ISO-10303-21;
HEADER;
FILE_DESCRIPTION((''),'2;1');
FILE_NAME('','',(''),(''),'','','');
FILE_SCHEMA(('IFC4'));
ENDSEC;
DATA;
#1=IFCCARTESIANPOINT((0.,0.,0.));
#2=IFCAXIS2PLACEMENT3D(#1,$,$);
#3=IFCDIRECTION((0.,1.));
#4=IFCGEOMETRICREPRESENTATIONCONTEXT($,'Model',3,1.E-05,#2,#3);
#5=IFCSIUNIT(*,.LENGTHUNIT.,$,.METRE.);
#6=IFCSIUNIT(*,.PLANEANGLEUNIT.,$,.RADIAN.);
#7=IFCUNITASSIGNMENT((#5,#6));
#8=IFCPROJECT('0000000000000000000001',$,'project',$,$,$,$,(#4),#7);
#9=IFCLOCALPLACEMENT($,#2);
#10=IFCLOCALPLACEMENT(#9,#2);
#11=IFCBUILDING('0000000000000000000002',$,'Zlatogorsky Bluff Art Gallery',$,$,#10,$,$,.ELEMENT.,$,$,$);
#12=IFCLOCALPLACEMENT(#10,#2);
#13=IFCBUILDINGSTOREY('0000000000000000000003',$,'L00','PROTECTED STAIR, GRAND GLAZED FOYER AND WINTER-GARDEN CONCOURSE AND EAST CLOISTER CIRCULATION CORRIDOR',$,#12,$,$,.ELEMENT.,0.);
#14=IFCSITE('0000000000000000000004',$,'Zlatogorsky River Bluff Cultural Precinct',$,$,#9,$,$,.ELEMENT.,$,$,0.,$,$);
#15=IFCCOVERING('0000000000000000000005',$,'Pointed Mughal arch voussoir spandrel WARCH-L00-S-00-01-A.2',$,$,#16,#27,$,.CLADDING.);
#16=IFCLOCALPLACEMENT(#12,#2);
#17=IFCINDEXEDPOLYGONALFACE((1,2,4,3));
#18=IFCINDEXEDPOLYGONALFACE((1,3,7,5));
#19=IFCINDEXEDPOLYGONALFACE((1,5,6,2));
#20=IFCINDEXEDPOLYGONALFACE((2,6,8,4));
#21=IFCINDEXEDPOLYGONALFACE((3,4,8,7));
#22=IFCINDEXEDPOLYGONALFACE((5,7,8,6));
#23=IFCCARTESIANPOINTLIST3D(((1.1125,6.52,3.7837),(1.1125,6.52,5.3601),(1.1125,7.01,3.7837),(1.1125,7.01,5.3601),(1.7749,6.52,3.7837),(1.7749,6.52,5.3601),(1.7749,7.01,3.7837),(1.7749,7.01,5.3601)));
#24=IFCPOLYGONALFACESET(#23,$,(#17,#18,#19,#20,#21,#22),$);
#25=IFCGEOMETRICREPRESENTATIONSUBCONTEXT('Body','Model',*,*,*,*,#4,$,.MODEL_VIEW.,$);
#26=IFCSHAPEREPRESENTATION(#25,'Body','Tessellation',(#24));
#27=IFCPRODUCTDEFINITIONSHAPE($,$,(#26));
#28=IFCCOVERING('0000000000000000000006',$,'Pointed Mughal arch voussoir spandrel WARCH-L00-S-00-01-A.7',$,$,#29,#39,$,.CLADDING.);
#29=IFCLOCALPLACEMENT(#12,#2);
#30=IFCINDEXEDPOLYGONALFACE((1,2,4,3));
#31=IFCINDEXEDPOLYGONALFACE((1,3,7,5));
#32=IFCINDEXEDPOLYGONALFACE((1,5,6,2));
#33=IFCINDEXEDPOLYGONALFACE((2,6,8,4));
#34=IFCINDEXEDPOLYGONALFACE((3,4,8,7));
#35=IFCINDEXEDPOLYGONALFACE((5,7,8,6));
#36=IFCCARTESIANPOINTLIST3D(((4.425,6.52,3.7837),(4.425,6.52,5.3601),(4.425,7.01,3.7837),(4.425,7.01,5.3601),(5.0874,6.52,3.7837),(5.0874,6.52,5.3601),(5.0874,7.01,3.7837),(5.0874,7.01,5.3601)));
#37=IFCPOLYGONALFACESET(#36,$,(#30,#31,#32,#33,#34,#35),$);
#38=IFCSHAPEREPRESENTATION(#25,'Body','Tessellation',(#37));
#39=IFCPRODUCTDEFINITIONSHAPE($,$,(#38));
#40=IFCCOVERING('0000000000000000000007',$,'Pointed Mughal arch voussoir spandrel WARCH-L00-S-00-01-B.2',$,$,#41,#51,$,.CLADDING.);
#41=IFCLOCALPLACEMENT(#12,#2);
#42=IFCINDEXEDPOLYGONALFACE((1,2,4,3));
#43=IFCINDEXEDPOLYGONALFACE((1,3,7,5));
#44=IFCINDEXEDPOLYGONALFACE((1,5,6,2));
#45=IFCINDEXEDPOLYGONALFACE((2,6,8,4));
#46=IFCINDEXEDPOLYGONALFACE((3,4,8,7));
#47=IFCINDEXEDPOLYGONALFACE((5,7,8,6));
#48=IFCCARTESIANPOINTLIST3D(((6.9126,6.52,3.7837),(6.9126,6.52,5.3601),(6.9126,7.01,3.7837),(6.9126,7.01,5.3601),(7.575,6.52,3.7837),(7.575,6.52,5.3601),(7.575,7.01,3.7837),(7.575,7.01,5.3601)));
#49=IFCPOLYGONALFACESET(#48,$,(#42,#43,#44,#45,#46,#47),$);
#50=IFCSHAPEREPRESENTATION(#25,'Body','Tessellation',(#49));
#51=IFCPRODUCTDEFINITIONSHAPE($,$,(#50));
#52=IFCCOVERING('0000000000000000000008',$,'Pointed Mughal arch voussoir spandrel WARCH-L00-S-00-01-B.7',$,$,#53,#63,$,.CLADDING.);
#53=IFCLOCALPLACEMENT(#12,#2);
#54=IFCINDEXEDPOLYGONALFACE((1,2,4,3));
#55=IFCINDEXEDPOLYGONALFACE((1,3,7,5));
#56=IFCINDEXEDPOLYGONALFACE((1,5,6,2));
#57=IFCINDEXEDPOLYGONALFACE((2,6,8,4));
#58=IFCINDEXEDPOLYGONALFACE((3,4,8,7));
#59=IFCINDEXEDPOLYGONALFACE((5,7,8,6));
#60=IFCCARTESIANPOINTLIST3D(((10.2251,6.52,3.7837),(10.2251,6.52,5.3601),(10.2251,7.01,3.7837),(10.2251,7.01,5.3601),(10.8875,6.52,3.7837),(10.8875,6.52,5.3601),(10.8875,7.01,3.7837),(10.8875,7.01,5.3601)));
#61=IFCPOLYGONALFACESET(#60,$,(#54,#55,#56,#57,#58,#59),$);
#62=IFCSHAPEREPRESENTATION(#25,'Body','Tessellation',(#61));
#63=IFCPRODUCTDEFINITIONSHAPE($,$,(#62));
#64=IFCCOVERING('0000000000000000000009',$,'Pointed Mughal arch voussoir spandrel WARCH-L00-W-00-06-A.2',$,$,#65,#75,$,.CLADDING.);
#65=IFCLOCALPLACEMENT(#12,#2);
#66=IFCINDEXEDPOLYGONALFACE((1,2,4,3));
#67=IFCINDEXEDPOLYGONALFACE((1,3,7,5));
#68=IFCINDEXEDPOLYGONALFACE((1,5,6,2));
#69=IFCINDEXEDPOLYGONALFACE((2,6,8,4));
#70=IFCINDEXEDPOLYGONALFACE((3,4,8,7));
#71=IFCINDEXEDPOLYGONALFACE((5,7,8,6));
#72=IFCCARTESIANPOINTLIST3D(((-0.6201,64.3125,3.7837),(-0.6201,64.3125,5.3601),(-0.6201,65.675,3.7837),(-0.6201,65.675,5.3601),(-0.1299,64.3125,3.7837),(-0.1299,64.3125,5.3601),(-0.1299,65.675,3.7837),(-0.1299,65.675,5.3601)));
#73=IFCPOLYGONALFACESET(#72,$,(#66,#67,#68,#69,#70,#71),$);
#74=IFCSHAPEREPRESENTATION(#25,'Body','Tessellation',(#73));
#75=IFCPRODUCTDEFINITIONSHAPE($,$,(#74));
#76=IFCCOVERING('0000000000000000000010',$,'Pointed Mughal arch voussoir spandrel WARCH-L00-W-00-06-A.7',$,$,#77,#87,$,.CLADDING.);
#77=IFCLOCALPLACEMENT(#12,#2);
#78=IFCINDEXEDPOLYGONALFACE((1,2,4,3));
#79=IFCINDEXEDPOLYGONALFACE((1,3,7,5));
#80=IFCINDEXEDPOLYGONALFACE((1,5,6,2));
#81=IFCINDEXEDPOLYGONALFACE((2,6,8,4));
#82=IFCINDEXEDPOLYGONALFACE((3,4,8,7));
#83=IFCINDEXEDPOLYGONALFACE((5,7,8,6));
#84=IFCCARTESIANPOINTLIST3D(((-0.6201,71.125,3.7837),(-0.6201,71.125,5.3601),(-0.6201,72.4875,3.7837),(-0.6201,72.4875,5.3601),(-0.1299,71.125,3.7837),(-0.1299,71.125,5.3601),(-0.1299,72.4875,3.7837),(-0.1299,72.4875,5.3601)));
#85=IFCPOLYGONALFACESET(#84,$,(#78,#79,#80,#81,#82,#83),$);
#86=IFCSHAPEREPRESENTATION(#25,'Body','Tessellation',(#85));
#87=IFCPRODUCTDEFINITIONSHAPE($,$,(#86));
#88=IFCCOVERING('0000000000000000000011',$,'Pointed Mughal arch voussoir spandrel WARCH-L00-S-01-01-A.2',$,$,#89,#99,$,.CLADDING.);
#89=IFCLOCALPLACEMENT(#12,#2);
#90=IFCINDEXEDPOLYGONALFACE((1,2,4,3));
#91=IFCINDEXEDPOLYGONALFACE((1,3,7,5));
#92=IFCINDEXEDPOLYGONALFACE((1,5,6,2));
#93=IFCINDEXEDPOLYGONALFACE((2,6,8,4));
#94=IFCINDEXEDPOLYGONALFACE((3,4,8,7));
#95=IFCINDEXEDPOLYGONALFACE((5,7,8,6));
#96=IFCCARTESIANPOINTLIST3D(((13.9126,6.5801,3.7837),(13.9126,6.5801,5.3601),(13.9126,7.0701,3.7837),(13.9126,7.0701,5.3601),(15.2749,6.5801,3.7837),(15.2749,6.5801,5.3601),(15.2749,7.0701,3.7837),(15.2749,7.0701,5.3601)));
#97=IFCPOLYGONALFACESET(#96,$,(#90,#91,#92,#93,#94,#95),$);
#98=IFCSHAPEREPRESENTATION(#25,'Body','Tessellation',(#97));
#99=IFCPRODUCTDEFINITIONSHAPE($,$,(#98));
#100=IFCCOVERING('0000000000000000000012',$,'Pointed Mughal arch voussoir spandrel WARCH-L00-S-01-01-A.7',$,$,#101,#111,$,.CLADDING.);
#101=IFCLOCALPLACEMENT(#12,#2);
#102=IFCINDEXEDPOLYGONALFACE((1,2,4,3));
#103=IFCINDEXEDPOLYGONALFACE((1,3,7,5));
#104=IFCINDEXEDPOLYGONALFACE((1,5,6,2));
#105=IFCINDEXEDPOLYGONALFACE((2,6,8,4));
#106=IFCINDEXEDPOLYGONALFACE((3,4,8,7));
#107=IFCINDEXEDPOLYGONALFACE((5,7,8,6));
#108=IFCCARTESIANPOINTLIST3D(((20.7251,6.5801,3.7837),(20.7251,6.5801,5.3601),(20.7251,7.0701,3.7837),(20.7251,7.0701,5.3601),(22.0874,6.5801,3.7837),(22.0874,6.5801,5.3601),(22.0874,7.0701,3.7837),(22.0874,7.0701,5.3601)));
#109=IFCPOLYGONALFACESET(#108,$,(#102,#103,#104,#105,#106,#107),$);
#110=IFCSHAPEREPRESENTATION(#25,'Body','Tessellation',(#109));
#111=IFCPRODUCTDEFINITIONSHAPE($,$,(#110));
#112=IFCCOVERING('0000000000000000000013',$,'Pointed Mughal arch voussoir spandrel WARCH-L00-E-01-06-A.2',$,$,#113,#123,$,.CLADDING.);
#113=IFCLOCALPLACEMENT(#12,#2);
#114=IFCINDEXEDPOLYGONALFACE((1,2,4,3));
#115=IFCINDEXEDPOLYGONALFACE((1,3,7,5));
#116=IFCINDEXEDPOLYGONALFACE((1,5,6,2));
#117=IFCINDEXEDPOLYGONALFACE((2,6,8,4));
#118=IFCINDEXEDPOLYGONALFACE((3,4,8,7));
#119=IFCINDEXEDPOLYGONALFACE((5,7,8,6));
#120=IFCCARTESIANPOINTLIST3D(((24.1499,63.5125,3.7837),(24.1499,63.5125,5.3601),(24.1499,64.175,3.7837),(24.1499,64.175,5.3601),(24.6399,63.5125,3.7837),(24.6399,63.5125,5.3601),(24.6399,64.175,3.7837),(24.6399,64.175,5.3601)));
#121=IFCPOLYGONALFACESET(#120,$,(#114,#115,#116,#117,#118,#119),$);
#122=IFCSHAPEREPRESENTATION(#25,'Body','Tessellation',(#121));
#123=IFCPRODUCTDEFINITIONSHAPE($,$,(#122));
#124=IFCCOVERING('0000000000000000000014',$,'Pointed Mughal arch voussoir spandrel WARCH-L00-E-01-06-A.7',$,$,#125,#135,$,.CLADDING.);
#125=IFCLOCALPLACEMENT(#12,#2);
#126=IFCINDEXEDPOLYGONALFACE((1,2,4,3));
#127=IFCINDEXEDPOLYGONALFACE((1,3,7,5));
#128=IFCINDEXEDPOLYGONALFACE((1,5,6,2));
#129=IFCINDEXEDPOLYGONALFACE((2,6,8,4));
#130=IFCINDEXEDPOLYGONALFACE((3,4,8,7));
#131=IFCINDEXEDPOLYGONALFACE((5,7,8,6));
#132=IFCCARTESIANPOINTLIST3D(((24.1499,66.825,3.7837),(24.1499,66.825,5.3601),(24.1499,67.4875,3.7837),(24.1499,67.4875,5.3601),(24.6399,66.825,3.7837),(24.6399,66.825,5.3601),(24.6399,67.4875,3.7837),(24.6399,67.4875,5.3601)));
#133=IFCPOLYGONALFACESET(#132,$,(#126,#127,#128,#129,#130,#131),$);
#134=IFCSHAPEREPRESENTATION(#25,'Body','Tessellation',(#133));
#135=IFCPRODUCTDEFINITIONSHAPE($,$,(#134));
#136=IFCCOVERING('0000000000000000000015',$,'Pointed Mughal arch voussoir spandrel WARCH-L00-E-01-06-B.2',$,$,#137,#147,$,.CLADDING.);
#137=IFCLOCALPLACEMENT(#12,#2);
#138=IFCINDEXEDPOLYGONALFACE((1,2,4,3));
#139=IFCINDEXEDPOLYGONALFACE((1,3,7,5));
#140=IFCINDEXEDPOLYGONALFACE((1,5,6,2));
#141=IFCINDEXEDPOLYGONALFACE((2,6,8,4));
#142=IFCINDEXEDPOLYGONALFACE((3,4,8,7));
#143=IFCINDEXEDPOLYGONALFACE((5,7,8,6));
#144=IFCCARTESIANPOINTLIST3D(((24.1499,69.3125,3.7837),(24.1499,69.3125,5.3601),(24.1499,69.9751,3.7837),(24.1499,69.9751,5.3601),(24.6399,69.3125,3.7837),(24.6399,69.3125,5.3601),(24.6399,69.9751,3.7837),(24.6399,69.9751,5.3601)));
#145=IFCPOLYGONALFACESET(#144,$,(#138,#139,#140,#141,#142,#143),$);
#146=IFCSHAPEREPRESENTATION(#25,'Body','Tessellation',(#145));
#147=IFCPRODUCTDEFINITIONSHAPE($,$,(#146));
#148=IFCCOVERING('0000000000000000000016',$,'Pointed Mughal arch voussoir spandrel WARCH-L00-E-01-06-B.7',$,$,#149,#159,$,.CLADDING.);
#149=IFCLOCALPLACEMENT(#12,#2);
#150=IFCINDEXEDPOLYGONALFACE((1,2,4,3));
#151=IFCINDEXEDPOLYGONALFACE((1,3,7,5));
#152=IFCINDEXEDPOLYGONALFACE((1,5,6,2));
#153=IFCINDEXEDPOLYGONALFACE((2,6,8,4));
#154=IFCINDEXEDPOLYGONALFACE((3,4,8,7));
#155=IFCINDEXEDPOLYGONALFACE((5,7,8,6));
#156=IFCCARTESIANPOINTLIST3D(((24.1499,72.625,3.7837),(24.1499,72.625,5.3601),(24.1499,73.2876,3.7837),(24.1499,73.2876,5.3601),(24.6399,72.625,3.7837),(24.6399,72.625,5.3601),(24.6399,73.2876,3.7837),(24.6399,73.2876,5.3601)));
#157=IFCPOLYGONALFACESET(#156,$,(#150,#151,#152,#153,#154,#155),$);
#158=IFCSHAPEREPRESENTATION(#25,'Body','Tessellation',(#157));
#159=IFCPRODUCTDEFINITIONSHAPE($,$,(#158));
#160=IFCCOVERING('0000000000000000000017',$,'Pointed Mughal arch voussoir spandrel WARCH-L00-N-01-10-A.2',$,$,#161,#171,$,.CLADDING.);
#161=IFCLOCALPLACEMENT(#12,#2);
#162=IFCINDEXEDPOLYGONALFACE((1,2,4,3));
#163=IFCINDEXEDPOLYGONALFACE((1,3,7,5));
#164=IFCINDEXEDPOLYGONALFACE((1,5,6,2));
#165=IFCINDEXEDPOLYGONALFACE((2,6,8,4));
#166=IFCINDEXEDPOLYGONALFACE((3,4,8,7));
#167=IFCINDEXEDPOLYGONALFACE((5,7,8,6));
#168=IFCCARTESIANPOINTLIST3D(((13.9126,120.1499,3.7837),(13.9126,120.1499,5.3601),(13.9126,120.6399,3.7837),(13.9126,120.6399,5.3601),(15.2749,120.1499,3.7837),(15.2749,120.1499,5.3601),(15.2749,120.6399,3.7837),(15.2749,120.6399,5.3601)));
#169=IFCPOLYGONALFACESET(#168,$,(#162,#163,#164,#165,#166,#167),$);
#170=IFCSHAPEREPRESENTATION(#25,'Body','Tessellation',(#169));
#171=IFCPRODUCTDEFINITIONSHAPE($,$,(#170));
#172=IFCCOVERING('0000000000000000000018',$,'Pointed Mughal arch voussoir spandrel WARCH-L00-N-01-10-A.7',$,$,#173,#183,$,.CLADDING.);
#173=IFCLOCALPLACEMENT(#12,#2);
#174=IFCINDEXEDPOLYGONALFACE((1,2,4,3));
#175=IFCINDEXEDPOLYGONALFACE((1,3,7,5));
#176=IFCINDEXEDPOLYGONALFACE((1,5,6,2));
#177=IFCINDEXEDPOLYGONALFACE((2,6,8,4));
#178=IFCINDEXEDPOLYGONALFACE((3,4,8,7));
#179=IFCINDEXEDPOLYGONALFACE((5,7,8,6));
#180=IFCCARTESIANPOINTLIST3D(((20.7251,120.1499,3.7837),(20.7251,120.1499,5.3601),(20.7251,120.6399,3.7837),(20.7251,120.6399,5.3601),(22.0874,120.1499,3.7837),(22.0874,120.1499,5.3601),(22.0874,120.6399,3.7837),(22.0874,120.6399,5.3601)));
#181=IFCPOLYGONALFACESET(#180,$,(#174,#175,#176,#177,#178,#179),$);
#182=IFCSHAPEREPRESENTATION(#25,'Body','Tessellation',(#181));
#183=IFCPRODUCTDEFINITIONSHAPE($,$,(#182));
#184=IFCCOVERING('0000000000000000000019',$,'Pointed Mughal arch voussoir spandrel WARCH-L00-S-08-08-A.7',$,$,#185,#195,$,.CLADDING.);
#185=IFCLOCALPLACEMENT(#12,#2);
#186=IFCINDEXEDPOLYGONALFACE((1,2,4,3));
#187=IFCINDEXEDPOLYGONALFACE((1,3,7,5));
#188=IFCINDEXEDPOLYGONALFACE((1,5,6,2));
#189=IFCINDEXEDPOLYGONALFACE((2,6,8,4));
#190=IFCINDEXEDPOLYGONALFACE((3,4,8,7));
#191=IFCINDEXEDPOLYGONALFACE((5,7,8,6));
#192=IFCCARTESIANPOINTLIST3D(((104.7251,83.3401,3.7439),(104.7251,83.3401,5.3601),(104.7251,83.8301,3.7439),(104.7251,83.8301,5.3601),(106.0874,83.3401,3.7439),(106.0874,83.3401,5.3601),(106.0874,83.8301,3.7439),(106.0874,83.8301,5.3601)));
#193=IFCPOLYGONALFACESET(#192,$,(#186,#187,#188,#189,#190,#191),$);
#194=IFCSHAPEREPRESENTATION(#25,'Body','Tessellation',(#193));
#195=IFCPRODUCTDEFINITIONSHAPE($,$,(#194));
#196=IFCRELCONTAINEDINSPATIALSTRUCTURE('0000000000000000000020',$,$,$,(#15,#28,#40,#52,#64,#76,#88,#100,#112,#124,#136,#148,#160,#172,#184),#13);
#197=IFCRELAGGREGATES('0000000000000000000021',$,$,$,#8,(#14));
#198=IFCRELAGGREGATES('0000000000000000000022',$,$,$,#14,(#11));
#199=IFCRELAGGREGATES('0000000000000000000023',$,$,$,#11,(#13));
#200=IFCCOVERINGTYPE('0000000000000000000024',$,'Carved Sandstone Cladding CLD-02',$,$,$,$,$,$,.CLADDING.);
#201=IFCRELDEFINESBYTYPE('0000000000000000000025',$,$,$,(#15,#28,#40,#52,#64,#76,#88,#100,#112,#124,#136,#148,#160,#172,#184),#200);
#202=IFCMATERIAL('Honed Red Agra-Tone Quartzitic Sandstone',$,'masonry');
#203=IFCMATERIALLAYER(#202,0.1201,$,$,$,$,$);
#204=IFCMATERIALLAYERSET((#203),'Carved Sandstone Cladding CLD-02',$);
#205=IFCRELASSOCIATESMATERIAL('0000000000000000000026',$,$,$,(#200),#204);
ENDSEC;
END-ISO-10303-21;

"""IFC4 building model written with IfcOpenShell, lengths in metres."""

from ifc_helpers import new_model, si_unit, direction, frame, origin, place, context, subcontext, project, spatial, polyline, outline, extrude, material, layer, layer_set, type_object, element, save


model = new_model("IFC4")

# Units and contexts
model_context = context("Model", 3, precision=1e-05, world=origin(), true_north=direction((0.0, 1.0)))
body_context = subcontext(model_context, "Body", "Model", "MODEL_VIEW")
ifc_project = project(units=[si_unit("LENGTHUNIT", "METRE"), si_unit("PLANEANGLEUNIT", "RADIAN")], contexts=[model_context])

# Site, building, storey
site_placement = place(None, origin())
site = spatial("IfcSite", under=ifc_project, at=site_placement, Name="Zlatogorsky River Bluff Cultural Precinct", CompositionType="ELEMENT", RefElevation=0.0)
building_placement = place(site_placement, origin())
building = spatial("IfcBuilding", under=site, at=building_placement, Name="Zlatogorsky Bluff Art Gallery", CompositionType="ELEMENT")
storey_placement = place(building_placement, origin())
storey = spatial("IfcBuildingStorey", under=building, at=storey_placement, Name="L00", Description="PROTECTED STAIR, GRAND GLAZED FOYER AND WINTER-GARDEN CONCOURSE AND EAST CLOISTER CIRCULATION CORRIDOR", CompositionType="ELEMENT", Elevation=0.0)

# Coverings
ifc_material = material(Name="Honed Red Agra-Tone Quartzitic Sandstone", Category="masonry")
ifc_layer = layer(ifc_material, 0.1201)
ifc_layer_set = layer_set([ifc_layer], Name="Carved Sandstone Cladding CLD-02")
covering_type = type_object("IfcCoveringType", Name="Carved Sandstone Cladding CLD-02", PredefinedType="CLADDING", material=ifc_layer_set)
covering_1_placement = place(storey_placement, frame((0.0, 0.0, 3.7837)))
element("IfcCovering", 1, at=covering_1_placement, inside=storey, type_object=covering_type, Name="Pointed Mughal arch voussoir spandrel WARCH-L00-S-00-01-A.2", PredefinedType="CLADDING", context=body_context, shape_type="SweptSolid", body=[
    extrude(outline(polyline([(1.1125, 6.52), (1.7749, 6.52), (1.7749, 7.01), (1.1125, 7.01), (1.1125, 6.52)])), origin(), (0.0, 0.0, 1.0), 1.5764),
])
covering_2_placement = place(storey_placement, frame((0.0, 0.0, 3.7837)))
element("IfcCovering", 2, at=covering_2_placement, inside=storey, type_object=covering_type, Name="Pointed Mughal arch voussoir spandrel WARCH-L00-S-00-01-A.7", PredefinedType="CLADDING", context=body_context, shape_type="SweptSolid", body=[
    extrude(outline(polyline([(4.425, 6.52), (5.0874, 6.52), (5.0874, 7.01), (4.425, 7.01), (4.425, 6.52)])), origin(), (0.0, 0.0, 1.0), 1.5764),
])
covering_3_placement = place(storey_placement, frame((0.0, 0.0, 3.7837)))
element("IfcCovering", 3, at=covering_3_placement, inside=storey, type_object=covering_type, Name="Pointed Mughal arch voussoir spandrel WARCH-L00-S-00-01-B.2", PredefinedType="CLADDING", context=body_context, shape_type="SweptSolid", body=[
    extrude(outline(polyline([(6.9126, 6.52), (7.575, 6.52), (7.575, 7.01), (6.9126, 7.01), (6.9126, 6.52)])), origin(), (0.0, 0.0, 1.0), 1.5764),
])
covering_4_placement = place(storey_placement, frame((0.0, 0.0, 3.7837)))
element("IfcCovering", 4, at=covering_4_placement, inside=storey, type_object=covering_type, Name="Pointed Mughal arch voussoir spandrel WARCH-L00-S-00-01-B.7", PredefinedType="CLADDING", context=body_context, shape_type="SweptSolid", body=[
    extrude(outline(polyline([(10.2251, 6.52), (10.8875, 6.52), (10.8875, 7.01), (10.2251, 7.01), (10.2251, 6.52)])), origin(), (0.0, 0.0, 1.0), 1.5764),
])
covering_5_placement = place(storey_placement, frame((0.0, 0.0, 3.7837)))
element("IfcCovering", 5, at=covering_5_placement, inside=storey, type_object=covering_type, Name="Pointed Mughal arch voussoir spandrel WARCH-L00-W-00-06-A.2", PredefinedType="CLADDING", context=body_context, shape_type="SweptSolid", body=[
    extrude(outline(polyline([(-0.6201, 64.3125), (-0.6201, 65.675), (-0.1299, 65.675), (-0.1299, 64.3125), (-0.6201, 64.3125)])), origin(), (0.0, 0.0, 1.0), 1.5764),
])
covering_6_placement = place(storey_placement, frame((0.0, 0.0, 3.7837)))
element("IfcCovering", 6, at=covering_6_placement, inside=storey, type_object=covering_type, Name="Pointed Mughal arch voussoir spandrel WARCH-L00-W-00-06-A.7", PredefinedType="CLADDING", context=body_context, shape_type="SweptSolid", body=[
    extrude(outline(polyline([(-0.6201, 71.125), (-0.6201, 72.4875), (-0.1299, 72.4875), (-0.1299, 71.125), (-0.6201, 71.125)])), origin(), (0.0, 0.0, 1.0), 1.5764),
])
covering_7_placement = place(storey_placement, frame((0.0, 0.0, 3.7837)))
element("IfcCovering", 7, at=covering_7_placement, inside=storey, type_object=covering_type, Name="Pointed Mughal arch voussoir spandrel WARCH-L00-S-01-01-A.2", PredefinedType="CLADDING", context=body_context, shape_type="SweptSolid", body=[
    extrude(outline(polyline([(13.9126, 6.5801), (15.2749, 6.5801), (15.2749, 7.0701), (13.9126, 7.0701), (13.9126, 6.5801)])), origin(), (0.0, 0.0, 1.0), 1.5764),
])
covering_8_placement = place(storey_placement, frame((0.0, 0.0, 3.7837)))
element("IfcCovering", 8, at=covering_8_placement, inside=storey, type_object=covering_type, Name="Pointed Mughal arch voussoir spandrel WARCH-L00-S-01-01-A.7", PredefinedType="CLADDING", context=body_context, shape_type="SweptSolid", body=[
    extrude(outline(polyline([(20.7251, 6.5801), (22.0874, 6.5801), (22.0874, 7.0701), (20.7251, 7.0701), (20.7251, 6.5801)])), origin(), (0.0, 0.0, 1.0), 1.5764),
])
covering_9_placement = place(storey_placement, frame((0.0, 0.0, 3.7837)))
element("IfcCovering", 9, at=covering_9_placement, inside=storey, type_object=covering_type, Name="Pointed Mughal arch voussoir spandrel WARCH-L00-E-01-06-A.2", PredefinedType="CLADDING", context=body_context, shape_type="SweptSolid", body=[
    extrude(outline(polyline([(24.1499, 63.5125), (24.1499, 64.175), (24.6399, 64.175), (24.6399, 63.5125), (24.1499, 63.5125)])), origin(), (0.0, 0.0, 1.0), 1.5764),
])
covering_10_placement = place(storey_placement, frame((0.0, 0.0, 3.7837)))
element("IfcCovering", 10, at=covering_10_placement, inside=storey, type_object=covering_type, Name="Pointed Mughal arch voussoir spandrel WARCH-L00-E-01-06-A.7", PredefinedType="CLADDING", context=body_context, shape_type="SweptSolid", body=[
    extrude(outline(polyline([(24.1499, 66.825), (24.1499, 67.4875), (24.6399, 67.4875), (24.6399, 66.825), (24.1499, 66.825)])), origin(), (0.0, 0.0, 1.0), 1.5764),
])
covering_11_placement = place(storey_placement, frame((0.0, 0.0, 3.7837)))
element("IfcCovering", 11, at=covering_11_placement, inside=storey, type_object=covering_type, Name="Pointed Mughal arch voussoir spandrel WARCH-L00-E-01-06-B.2", PredefinedType="CLADDING", context=body_context, shape_type="SweptSolid", body=[
    extrude(outline(polyline([(24.1499, 69.3125), (24.1499, 69.9751), (24.6399, 69.9751), (24.6399, 69.3125), (24.1499, 69.3125)])), origin(), (0.0, 0.0, 1.0), 1.5764),
])
covering_12_placement = place(storey_placement, frame((0.0, 0.0, 3.7837)))
element("IfcCovering", 12, at=covering_12_placement, inside=storey, type_object=covering_type, Name="Pointed Mughal arch voussoir spandrel WARCH-L00-E-01-06-B.7", PredefinedType="CLADDING", context=body_context, shape_type="SweptSolid", body=[
    extrude(outline(polyline([(24.1499, 72.625), (24.1499, 73.2876), (24.6399, 73.2876), (24.6399, 72.625), (24.1499, 72.625)])), origin(), (0.0, 0.0, 1.0), 1.5764),
])
covering_13_placement = place(storey_placement, frame((0.0, 0.0, 3.7837)))
element("IfcCovering", 13, at=covering_13_placement, inside=storey, type_object=covering_type, Name="Pointed Mughal arch voussoir spandrel WARCH-L00-N-01-10-A.2", PredefinedType="CLADDING", context=body_context, shape_type="SweptSolid", body=[
    extrude(outline(polyline([(13.9126, 120.1499), (15.2749, 120.1499), (15.2749, 120.6399), (13.9126, 120.6399), (13.9126, 120.1499)])), origin(), (0.0, 0.0, 1.0), 1.5764),
])
covering_14_placement = place(storey_placement, frame((0.0, 0.0, 3.7837)))
element("IfcCovering", 14, at=covering_14_placement, inside=storey, type_object=covering_type, Name="Pointed Mughal arch voussoir spandrel WARCH-L00-N-01-10-A.7", PredefinedType="CLADDING", context=body_context, shape_type="SweptSolid", body=[
    extrude(outline(polyline([(20.7251, 120.1499), (22.0874, 120.1499), (22.0874, 120.6399), (20.7251, 120.6399), (20.7251, 120.1499)])), origin(), (0.0, 0.0, 1.0), 1.5764),
])
covering_15_placement = place(storey_placement, frame((0.0, 0.0, 3.7439)))
element("IfcCovering", 15, at=covering_15_placement, inside=storey, type_object=covering_type, Name="Pointed Mughal arch voussoir spandrel WARCH-L00-S-08-08-A.7", PredefinedType="CLADDING", context=body_context, shape_type="SweptSolid", body=[
    extrude(outline(polyline([(104.7251, 83.3401), (106.0874, 83.3401), (106.0874, 83.8301), (104.7251, 83.8301), (104.7251, 83.3401)])), origin(), (0.0, 0.0, 1.0), 1.6162),
])

save(model, "model.ifc")
